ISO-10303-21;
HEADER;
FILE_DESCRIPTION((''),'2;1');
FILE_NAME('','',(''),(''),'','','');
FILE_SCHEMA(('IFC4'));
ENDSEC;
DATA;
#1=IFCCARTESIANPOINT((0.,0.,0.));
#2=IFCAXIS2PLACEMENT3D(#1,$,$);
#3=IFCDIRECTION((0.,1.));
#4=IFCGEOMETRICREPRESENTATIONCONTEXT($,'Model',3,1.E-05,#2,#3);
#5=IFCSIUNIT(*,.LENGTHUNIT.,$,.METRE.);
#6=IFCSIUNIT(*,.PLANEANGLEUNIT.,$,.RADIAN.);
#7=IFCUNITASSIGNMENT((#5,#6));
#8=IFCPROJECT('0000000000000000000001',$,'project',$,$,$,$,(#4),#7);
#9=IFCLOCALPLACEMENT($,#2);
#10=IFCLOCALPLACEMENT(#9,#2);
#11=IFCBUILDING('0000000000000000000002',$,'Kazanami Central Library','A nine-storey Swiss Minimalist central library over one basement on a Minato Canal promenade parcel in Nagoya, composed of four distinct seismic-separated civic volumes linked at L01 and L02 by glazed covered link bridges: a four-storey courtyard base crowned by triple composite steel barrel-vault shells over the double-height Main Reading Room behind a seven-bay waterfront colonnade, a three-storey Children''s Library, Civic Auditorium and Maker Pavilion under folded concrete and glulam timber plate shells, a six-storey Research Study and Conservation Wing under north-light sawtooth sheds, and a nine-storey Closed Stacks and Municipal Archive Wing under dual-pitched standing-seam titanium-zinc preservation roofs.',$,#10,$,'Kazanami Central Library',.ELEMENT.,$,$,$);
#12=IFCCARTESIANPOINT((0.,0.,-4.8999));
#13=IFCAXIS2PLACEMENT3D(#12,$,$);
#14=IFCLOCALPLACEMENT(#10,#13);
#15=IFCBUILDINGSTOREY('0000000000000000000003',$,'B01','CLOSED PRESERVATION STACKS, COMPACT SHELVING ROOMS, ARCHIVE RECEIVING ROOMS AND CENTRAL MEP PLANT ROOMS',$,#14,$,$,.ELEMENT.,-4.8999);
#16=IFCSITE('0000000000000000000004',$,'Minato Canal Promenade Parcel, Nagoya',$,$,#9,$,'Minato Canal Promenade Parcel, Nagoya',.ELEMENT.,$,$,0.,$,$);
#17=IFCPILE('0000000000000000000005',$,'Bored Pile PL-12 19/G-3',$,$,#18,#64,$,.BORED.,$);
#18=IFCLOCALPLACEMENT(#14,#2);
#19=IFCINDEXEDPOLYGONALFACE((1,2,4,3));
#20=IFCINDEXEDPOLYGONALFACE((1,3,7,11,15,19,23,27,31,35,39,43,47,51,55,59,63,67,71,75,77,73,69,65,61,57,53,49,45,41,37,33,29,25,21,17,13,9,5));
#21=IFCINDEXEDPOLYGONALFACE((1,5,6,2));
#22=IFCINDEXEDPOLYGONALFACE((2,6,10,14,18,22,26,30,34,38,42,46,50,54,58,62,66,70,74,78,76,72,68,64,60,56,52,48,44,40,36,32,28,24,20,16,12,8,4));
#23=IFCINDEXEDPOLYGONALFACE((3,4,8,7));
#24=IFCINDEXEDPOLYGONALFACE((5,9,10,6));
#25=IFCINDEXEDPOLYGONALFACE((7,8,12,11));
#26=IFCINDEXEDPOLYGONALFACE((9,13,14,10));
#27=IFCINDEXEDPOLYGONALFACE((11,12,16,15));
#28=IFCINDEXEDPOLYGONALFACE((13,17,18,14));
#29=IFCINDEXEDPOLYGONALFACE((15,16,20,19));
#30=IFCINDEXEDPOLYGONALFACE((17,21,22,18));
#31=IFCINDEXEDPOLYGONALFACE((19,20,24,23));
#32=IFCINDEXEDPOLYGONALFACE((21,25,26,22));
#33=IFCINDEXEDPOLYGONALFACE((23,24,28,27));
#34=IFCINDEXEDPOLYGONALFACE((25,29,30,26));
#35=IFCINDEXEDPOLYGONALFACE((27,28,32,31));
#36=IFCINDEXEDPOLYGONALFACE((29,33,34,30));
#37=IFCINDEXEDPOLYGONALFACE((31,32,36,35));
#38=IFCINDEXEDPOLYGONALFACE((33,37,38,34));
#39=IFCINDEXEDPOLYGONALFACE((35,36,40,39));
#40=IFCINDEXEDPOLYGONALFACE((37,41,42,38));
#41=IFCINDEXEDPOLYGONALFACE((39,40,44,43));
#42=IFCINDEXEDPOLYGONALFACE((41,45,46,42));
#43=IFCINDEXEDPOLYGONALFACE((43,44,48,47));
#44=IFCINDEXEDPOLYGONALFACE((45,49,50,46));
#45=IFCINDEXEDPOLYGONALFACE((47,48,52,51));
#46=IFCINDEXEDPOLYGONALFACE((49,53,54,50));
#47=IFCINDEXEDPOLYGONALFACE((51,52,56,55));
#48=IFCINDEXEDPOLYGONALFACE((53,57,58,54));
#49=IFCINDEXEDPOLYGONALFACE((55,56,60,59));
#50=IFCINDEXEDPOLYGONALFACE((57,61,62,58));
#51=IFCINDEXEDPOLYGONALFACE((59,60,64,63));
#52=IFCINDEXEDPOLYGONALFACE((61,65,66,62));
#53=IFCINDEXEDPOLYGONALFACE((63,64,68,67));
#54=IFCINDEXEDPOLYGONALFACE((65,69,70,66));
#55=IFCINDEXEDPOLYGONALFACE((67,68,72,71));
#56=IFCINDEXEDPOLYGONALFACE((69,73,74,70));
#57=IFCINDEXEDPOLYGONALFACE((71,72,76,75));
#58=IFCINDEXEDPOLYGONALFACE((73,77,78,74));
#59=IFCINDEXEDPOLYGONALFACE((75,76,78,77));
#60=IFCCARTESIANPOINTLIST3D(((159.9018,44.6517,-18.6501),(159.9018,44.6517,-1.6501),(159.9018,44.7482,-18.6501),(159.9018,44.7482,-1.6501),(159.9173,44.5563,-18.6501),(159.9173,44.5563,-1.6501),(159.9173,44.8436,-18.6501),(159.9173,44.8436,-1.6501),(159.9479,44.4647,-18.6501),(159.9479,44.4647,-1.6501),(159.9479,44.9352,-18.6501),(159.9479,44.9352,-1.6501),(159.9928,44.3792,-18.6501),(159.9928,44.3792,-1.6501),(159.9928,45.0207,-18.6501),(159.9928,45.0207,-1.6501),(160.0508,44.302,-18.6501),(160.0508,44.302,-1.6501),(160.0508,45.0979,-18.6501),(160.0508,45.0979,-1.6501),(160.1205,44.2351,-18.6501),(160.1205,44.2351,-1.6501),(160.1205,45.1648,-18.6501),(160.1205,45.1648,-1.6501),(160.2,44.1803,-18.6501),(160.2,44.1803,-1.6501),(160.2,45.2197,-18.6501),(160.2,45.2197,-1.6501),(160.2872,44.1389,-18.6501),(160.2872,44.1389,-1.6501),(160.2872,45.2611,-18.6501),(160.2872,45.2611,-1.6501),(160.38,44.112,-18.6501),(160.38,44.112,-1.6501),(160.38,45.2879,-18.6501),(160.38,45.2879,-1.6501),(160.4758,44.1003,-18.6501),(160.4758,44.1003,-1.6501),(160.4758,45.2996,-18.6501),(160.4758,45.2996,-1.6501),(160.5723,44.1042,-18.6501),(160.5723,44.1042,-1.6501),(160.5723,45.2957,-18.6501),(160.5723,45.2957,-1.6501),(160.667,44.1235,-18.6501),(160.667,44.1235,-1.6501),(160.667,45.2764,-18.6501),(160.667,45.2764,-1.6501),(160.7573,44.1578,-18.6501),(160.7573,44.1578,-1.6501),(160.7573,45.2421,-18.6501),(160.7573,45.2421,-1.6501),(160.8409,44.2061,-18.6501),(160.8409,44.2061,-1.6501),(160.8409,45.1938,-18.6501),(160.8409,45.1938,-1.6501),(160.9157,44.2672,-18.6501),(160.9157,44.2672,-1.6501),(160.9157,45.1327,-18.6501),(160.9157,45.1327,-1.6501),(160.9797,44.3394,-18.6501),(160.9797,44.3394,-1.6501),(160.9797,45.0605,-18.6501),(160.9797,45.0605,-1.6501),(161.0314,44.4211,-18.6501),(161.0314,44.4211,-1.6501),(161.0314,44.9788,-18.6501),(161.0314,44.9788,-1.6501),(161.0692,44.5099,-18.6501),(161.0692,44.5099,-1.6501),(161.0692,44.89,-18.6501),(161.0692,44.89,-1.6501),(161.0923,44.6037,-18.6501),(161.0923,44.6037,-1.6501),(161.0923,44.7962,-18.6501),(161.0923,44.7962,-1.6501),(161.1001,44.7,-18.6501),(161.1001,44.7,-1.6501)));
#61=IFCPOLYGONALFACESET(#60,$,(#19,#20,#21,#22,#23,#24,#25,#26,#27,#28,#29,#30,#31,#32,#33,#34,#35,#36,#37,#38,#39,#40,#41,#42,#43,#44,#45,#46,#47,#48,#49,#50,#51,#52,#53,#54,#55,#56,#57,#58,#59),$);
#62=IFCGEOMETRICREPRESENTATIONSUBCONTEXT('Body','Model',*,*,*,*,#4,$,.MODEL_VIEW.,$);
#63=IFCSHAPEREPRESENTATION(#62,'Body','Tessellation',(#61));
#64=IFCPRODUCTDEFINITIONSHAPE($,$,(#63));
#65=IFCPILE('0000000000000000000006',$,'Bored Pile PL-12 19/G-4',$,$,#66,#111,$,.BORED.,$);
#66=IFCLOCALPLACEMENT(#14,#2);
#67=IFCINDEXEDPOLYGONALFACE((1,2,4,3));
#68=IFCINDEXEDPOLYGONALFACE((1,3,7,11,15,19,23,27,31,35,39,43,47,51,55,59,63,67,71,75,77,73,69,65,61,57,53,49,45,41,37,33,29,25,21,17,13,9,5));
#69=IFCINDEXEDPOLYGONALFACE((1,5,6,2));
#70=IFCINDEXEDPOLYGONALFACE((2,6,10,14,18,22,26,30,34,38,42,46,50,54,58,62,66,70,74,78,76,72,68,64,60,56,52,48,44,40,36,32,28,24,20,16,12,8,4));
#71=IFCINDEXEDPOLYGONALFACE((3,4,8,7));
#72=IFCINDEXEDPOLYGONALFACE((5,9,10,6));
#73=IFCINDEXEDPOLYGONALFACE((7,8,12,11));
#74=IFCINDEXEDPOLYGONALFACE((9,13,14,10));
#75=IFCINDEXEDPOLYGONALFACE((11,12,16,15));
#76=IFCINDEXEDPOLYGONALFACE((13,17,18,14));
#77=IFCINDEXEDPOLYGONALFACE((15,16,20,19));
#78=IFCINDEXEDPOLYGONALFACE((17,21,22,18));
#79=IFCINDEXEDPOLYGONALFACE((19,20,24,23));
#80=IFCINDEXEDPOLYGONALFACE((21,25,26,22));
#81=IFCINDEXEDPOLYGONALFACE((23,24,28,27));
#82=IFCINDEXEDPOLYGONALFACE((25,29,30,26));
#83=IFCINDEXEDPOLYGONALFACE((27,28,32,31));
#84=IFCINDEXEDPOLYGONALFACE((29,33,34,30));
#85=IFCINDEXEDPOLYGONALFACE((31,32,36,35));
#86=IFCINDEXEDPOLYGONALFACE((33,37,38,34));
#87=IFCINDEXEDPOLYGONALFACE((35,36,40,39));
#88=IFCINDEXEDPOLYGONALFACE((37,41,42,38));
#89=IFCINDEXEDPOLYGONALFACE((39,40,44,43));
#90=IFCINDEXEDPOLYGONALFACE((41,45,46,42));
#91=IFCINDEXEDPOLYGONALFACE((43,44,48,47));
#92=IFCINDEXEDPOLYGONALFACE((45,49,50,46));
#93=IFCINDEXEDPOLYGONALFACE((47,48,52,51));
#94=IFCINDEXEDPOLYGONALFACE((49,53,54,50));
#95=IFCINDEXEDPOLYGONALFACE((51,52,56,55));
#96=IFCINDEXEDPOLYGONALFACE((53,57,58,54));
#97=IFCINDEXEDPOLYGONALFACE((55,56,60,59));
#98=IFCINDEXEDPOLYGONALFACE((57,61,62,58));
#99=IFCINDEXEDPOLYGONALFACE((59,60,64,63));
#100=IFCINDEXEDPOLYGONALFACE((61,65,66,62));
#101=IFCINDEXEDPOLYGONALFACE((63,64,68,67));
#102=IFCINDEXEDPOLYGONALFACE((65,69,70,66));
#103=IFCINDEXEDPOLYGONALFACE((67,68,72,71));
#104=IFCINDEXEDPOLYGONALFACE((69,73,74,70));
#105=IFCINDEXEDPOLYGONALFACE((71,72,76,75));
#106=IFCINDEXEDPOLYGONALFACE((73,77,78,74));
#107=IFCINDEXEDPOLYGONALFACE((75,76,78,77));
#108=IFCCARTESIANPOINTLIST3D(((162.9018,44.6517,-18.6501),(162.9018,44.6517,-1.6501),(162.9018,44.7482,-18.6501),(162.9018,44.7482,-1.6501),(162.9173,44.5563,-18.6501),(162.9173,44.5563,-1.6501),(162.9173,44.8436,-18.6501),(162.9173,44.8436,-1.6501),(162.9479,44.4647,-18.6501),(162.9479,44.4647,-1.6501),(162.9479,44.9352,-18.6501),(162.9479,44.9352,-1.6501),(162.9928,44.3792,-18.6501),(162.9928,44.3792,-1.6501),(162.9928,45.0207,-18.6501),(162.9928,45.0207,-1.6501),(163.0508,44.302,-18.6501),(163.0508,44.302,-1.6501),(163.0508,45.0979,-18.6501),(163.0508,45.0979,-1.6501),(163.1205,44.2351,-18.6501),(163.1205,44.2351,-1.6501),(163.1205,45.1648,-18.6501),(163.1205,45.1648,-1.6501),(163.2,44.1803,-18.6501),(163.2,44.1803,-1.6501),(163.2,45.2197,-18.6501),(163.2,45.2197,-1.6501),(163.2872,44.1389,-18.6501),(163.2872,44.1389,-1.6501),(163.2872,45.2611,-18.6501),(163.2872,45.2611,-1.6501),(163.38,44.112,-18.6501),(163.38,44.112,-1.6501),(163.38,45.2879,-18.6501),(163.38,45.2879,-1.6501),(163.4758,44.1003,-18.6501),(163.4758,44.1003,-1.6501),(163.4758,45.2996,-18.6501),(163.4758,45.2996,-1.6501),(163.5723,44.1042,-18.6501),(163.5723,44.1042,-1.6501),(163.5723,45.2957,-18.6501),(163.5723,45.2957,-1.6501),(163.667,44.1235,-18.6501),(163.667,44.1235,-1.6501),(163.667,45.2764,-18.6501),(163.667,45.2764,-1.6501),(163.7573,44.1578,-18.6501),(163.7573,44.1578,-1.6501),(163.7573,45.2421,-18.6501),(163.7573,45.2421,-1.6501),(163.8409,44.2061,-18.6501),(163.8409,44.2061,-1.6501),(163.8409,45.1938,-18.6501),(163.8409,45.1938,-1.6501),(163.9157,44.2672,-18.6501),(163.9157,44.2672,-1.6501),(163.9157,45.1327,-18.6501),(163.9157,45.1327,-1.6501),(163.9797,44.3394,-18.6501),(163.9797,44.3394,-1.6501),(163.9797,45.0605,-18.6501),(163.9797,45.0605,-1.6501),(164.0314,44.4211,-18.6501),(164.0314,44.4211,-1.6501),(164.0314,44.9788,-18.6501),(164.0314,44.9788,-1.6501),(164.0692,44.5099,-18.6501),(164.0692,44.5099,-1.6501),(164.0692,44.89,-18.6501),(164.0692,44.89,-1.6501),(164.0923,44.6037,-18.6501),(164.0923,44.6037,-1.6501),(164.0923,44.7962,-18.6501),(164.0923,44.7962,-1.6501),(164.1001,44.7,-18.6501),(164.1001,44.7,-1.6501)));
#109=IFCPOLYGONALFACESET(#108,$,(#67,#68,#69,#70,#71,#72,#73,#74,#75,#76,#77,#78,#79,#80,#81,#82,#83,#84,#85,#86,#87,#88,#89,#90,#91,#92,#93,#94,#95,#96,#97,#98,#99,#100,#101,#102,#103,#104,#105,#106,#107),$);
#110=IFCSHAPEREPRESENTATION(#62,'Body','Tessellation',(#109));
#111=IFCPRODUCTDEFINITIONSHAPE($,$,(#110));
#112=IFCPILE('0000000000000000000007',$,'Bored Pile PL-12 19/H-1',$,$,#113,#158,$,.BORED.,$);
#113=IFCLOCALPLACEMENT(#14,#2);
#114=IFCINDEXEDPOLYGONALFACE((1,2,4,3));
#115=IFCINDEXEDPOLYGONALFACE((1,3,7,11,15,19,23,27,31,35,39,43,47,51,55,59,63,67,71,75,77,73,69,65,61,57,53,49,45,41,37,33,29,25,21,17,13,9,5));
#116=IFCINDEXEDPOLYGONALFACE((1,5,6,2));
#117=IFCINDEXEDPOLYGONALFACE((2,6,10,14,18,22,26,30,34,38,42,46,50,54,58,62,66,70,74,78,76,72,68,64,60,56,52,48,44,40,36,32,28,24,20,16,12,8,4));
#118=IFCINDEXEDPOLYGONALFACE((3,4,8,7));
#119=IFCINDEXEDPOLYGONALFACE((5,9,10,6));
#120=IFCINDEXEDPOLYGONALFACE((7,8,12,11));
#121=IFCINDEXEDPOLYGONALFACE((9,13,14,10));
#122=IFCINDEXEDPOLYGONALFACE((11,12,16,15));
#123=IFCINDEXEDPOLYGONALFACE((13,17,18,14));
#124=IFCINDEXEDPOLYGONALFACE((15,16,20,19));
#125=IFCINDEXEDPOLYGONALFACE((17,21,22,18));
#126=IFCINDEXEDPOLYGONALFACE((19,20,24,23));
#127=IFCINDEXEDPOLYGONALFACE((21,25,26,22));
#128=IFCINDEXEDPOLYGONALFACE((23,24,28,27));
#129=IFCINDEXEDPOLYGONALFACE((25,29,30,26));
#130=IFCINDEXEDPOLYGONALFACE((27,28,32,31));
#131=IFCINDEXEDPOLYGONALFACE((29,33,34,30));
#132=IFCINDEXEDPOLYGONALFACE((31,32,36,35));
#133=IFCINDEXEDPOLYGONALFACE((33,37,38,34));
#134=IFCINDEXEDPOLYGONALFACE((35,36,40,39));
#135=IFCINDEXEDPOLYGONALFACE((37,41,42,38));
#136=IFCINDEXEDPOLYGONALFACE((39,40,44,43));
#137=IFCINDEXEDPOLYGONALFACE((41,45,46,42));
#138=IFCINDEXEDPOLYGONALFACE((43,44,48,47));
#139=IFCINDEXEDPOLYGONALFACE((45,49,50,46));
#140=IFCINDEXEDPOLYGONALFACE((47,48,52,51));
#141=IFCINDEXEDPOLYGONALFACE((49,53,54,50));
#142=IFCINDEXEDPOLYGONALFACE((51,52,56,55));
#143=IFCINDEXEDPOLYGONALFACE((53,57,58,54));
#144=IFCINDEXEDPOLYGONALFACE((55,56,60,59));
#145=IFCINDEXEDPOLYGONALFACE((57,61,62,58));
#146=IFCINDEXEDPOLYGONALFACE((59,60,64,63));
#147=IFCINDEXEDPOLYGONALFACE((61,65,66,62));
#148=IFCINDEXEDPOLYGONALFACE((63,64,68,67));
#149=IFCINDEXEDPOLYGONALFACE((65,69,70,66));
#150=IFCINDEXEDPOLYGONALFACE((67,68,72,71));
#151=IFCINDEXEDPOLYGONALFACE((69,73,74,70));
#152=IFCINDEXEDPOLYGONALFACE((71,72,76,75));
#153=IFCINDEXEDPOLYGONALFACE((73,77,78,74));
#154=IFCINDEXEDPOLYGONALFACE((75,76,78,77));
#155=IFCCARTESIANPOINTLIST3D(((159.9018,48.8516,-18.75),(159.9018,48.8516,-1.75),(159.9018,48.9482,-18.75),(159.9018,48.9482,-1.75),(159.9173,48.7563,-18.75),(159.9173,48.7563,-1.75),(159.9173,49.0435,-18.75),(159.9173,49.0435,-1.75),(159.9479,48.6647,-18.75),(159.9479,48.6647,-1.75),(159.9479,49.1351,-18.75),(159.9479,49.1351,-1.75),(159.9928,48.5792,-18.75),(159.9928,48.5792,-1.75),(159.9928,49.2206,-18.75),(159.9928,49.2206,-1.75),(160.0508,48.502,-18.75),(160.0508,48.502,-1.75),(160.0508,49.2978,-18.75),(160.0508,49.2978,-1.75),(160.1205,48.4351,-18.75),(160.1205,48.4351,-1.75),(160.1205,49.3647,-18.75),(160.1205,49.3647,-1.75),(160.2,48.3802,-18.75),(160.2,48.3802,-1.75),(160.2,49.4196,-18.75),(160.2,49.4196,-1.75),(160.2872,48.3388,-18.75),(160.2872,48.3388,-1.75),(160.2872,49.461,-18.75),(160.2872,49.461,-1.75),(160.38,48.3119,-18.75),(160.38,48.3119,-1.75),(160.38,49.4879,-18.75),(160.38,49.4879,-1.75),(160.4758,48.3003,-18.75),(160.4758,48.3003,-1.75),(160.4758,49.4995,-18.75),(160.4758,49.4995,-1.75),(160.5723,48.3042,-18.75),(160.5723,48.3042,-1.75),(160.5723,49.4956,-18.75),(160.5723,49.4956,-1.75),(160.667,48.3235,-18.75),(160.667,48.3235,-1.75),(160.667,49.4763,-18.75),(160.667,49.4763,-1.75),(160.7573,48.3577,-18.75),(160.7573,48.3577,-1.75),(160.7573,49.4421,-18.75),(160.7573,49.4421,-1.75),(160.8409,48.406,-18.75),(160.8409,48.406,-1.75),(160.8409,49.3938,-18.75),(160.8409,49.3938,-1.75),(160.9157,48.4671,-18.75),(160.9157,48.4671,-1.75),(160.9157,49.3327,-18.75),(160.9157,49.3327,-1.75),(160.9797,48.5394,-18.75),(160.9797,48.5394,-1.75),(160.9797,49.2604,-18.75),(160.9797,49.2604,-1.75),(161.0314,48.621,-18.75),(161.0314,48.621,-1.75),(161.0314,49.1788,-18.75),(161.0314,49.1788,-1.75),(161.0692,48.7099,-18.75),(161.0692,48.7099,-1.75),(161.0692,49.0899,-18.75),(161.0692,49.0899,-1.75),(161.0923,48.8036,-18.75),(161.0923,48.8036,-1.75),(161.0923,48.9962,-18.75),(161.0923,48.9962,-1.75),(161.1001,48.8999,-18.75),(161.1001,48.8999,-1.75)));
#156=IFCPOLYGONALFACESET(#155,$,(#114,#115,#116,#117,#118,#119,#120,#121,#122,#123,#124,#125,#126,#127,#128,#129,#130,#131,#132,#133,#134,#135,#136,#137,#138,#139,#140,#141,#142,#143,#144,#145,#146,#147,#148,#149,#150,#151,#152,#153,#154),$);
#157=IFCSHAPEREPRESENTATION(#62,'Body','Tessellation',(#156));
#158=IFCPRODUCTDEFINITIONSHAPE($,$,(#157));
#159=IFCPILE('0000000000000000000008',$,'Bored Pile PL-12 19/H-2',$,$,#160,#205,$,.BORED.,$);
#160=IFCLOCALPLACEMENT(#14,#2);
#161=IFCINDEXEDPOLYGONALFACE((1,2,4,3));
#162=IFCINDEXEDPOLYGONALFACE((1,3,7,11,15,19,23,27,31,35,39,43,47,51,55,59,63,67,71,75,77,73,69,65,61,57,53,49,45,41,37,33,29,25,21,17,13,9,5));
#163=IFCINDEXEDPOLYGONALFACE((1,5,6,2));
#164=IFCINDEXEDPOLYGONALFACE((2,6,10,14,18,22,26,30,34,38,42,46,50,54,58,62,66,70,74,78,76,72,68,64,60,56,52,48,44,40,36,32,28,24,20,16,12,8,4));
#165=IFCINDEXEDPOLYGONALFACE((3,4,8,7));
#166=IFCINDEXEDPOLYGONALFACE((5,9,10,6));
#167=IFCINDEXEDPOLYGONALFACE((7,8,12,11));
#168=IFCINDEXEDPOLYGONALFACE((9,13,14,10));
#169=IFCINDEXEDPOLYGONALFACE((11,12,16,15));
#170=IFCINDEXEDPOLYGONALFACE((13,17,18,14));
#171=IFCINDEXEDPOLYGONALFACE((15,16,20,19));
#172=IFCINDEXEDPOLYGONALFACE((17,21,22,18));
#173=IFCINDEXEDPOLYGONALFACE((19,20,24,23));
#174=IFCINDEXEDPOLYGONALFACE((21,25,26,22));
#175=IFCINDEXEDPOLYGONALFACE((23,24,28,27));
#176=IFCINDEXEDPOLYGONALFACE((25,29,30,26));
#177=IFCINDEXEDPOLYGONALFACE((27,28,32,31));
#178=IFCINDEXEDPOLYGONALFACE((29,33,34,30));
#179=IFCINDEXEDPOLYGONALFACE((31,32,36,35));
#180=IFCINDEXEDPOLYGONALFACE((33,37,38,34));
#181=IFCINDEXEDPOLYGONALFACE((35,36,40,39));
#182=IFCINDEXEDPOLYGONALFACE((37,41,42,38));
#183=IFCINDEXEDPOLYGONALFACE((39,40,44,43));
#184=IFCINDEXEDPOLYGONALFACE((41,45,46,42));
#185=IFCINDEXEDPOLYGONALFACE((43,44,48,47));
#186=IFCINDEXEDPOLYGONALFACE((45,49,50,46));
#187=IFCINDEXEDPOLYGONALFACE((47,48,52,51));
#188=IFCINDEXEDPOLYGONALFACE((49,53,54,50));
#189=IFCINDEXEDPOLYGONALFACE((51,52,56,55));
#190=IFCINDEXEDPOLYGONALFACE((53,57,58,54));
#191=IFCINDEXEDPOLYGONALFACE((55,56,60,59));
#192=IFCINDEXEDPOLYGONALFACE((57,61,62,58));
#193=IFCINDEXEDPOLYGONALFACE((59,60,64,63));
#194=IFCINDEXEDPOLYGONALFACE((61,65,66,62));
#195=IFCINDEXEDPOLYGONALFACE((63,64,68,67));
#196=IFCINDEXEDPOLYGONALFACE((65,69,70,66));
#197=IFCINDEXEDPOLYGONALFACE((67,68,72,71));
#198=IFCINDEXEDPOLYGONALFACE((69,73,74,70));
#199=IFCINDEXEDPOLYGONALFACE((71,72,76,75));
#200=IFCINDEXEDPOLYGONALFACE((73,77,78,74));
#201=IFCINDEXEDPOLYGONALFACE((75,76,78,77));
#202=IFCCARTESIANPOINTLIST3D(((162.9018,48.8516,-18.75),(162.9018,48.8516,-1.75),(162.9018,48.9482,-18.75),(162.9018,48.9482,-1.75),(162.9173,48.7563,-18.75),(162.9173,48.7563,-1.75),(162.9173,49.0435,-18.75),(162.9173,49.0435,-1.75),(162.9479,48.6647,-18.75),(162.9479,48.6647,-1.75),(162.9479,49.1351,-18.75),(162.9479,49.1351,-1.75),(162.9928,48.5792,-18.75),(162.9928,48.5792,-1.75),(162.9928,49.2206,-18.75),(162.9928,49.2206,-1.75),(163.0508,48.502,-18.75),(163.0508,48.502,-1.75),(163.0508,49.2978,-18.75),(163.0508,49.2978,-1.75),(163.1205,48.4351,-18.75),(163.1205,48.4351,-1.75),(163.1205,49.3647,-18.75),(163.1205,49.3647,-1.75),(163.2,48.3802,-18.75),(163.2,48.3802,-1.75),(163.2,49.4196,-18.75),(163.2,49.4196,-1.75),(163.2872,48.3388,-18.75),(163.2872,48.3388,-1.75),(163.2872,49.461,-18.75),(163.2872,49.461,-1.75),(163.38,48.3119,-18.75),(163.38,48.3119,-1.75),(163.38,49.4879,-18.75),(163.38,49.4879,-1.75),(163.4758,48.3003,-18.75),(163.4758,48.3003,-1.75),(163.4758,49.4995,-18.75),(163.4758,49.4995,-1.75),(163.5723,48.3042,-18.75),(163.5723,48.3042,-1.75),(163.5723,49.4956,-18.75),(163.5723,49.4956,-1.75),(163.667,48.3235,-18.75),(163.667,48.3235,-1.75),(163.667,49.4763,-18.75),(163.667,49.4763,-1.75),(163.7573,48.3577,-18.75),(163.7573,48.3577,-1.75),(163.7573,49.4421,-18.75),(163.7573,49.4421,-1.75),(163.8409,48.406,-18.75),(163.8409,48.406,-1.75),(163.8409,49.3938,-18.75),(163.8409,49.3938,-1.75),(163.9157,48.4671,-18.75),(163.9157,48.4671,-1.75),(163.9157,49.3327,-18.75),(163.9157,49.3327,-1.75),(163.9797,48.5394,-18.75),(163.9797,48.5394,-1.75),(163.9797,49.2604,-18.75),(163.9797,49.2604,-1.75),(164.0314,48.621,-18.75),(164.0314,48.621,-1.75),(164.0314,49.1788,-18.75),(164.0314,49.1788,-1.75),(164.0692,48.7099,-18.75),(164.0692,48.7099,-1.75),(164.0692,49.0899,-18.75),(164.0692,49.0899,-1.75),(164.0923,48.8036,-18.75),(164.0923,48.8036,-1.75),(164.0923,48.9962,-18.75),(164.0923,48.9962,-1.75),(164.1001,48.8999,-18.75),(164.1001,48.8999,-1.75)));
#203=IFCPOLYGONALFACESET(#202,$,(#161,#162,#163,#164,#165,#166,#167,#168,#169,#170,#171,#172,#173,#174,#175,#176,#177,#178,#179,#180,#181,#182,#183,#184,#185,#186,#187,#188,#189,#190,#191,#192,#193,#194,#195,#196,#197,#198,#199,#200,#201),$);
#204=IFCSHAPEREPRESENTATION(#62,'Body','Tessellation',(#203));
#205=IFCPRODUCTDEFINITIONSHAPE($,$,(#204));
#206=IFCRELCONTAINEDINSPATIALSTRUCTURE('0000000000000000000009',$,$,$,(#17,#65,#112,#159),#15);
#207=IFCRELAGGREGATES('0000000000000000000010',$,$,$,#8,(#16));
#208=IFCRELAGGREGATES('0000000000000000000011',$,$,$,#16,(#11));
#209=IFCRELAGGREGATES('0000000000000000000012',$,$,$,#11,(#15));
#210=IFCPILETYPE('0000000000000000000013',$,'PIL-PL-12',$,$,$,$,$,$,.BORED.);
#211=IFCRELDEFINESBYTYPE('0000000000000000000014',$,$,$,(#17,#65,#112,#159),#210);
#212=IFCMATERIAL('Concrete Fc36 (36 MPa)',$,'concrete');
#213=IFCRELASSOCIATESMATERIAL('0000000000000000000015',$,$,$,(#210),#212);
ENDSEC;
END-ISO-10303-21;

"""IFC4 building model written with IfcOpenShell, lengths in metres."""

from ifc_helpers import new_model, si_unit, direction, frame, origin, origin_2d, place, context, subcontext, project, spatial, circle, extrude, material, material_profile, profile_set, type_object, element, save


model = new_model("IFC4")

# Units and contexts
model_context = context("Model", 3, precision=1e-05, world=origin(), true_north=direction((0.0, 1.0)))
body_context = subcontext(model_context, "Body", "Model", "MODEL_VIEW")
ifc_project = project(units=[si_unit("LENGTHUNIT", "METRE"), si_unit("PLANEANGLEUNIT", "RADIAN")], contexts=[model_context])

# Site, building, storey
site_placement = place(None, origin())
site = spatial("IfcSite", under=ifc_project, at=site_placement, Name="Minato Canal Promenade Parcel, Nagoya", LongName="Minato Canal Promenade Parcel, Nagoya", CompositionType="ELEMENT", RefElevation=0.0)
building_placement = place(site_placement, origin())
building = spatial("IfcBuilding", under=site, at=building_placement, Name="Kazanami Central Library", Description="A nine-storey Swiss Minimalist central library over one basement on a Minato Canal promenade parcel in Nagoya, composed of four distinct seismic-separated civic volumes linked at L01 and L02 by glazed covered link bridges: a four-storey courtyard base crowned by triple composite steel barrel-vault shells over the double-height Main Reading Room behind a seven-bay waterfront colonnade, a three-storey Children's Library, Civic Auditorium and Maker Pavilion under folded concrete and glulam timber plate shells, a six-storey Research Study and Conservation Wing under north-light sawtooth sheds, and a nine-storey Closed Stacks and Municipal Archive Wing under dual-pitched standing-seam titanium-zinc preservation roofs.", LongName="Kazanami Central Library", CompositionType="ELEMENT")
storey_placement = place(building_placement, frame((0.0, 0.0, -4.8999)))
storey = spatial("IfcBuildingStorey", under=building, at=storey_placement, Name="B01", Description="CLOSED PRESERVATION STACKS, COMPACT SHELVING ROOMS, ARCHIVE RECEIVING ROOMS AND CENTRAL MEP PLANT ROOMS", CompositionType="ELEMENT", Elevation=-4.8999)

# Shared definitions
ifc_material_1 = material(Name="Concrete Fc36 (36 MPa)", Category="concrete")

# Piles
ifc_material_profile_1 = material_profile(ifc_material_1, circle(Radius=0.6001, at=origin_2d()), Name="BORED-D1200")
ifc_profile_set_1 = profile_set([ifc_material_profile_1], Name="Concrete Fc36 (36 MPa)")
pile_type = type_object("IfcPileType", Name="PIL-PL-12", PredefinedType="BORED", material=ifc_profile_set_1)
for number, where, z_axis, x_axis, name in (
    (1, (160.5, 44.7, -1.6501), (0.0, 0.0, -1.0), (1.0, 0.0, 0.0), "Bored Pile PL-12 19/G-3"),
    (2, (163.5, 44.7, -1.6501), (0.0, 0.0, -1.0), (1.0, 0.0, 0.0), "Bored Pile PL-12 19/G-4"),
    (3, (160.5, 48.8999, -1.75), (0.0, 0.0, -1.0), (1.0, 0.0, 0.0), "Bored Pile PL-12 19/H-1"),
    (4, (163.5, 48.8999, -1.75), (0.0, 0.0, -1.0), (1.0, 0.0, 0.0), "Bored Pile PL-12 19/H-2"),
):
    element("IfcPile", number, at=place(storey_placement, frame(where, z_axis=z_axis, x_axis=x_axis)), inside=storey, type_object=pile_type, Name=name, PredefinedType="BORED", context=body_context, shape_type="SweptSolid", body=[
        extrude(circle(Radius=0.6001, at=origin_2d()), origin(), (0.0, 0.0, 1.0), 17.0),
    ])

save(model, "model.ifc")
